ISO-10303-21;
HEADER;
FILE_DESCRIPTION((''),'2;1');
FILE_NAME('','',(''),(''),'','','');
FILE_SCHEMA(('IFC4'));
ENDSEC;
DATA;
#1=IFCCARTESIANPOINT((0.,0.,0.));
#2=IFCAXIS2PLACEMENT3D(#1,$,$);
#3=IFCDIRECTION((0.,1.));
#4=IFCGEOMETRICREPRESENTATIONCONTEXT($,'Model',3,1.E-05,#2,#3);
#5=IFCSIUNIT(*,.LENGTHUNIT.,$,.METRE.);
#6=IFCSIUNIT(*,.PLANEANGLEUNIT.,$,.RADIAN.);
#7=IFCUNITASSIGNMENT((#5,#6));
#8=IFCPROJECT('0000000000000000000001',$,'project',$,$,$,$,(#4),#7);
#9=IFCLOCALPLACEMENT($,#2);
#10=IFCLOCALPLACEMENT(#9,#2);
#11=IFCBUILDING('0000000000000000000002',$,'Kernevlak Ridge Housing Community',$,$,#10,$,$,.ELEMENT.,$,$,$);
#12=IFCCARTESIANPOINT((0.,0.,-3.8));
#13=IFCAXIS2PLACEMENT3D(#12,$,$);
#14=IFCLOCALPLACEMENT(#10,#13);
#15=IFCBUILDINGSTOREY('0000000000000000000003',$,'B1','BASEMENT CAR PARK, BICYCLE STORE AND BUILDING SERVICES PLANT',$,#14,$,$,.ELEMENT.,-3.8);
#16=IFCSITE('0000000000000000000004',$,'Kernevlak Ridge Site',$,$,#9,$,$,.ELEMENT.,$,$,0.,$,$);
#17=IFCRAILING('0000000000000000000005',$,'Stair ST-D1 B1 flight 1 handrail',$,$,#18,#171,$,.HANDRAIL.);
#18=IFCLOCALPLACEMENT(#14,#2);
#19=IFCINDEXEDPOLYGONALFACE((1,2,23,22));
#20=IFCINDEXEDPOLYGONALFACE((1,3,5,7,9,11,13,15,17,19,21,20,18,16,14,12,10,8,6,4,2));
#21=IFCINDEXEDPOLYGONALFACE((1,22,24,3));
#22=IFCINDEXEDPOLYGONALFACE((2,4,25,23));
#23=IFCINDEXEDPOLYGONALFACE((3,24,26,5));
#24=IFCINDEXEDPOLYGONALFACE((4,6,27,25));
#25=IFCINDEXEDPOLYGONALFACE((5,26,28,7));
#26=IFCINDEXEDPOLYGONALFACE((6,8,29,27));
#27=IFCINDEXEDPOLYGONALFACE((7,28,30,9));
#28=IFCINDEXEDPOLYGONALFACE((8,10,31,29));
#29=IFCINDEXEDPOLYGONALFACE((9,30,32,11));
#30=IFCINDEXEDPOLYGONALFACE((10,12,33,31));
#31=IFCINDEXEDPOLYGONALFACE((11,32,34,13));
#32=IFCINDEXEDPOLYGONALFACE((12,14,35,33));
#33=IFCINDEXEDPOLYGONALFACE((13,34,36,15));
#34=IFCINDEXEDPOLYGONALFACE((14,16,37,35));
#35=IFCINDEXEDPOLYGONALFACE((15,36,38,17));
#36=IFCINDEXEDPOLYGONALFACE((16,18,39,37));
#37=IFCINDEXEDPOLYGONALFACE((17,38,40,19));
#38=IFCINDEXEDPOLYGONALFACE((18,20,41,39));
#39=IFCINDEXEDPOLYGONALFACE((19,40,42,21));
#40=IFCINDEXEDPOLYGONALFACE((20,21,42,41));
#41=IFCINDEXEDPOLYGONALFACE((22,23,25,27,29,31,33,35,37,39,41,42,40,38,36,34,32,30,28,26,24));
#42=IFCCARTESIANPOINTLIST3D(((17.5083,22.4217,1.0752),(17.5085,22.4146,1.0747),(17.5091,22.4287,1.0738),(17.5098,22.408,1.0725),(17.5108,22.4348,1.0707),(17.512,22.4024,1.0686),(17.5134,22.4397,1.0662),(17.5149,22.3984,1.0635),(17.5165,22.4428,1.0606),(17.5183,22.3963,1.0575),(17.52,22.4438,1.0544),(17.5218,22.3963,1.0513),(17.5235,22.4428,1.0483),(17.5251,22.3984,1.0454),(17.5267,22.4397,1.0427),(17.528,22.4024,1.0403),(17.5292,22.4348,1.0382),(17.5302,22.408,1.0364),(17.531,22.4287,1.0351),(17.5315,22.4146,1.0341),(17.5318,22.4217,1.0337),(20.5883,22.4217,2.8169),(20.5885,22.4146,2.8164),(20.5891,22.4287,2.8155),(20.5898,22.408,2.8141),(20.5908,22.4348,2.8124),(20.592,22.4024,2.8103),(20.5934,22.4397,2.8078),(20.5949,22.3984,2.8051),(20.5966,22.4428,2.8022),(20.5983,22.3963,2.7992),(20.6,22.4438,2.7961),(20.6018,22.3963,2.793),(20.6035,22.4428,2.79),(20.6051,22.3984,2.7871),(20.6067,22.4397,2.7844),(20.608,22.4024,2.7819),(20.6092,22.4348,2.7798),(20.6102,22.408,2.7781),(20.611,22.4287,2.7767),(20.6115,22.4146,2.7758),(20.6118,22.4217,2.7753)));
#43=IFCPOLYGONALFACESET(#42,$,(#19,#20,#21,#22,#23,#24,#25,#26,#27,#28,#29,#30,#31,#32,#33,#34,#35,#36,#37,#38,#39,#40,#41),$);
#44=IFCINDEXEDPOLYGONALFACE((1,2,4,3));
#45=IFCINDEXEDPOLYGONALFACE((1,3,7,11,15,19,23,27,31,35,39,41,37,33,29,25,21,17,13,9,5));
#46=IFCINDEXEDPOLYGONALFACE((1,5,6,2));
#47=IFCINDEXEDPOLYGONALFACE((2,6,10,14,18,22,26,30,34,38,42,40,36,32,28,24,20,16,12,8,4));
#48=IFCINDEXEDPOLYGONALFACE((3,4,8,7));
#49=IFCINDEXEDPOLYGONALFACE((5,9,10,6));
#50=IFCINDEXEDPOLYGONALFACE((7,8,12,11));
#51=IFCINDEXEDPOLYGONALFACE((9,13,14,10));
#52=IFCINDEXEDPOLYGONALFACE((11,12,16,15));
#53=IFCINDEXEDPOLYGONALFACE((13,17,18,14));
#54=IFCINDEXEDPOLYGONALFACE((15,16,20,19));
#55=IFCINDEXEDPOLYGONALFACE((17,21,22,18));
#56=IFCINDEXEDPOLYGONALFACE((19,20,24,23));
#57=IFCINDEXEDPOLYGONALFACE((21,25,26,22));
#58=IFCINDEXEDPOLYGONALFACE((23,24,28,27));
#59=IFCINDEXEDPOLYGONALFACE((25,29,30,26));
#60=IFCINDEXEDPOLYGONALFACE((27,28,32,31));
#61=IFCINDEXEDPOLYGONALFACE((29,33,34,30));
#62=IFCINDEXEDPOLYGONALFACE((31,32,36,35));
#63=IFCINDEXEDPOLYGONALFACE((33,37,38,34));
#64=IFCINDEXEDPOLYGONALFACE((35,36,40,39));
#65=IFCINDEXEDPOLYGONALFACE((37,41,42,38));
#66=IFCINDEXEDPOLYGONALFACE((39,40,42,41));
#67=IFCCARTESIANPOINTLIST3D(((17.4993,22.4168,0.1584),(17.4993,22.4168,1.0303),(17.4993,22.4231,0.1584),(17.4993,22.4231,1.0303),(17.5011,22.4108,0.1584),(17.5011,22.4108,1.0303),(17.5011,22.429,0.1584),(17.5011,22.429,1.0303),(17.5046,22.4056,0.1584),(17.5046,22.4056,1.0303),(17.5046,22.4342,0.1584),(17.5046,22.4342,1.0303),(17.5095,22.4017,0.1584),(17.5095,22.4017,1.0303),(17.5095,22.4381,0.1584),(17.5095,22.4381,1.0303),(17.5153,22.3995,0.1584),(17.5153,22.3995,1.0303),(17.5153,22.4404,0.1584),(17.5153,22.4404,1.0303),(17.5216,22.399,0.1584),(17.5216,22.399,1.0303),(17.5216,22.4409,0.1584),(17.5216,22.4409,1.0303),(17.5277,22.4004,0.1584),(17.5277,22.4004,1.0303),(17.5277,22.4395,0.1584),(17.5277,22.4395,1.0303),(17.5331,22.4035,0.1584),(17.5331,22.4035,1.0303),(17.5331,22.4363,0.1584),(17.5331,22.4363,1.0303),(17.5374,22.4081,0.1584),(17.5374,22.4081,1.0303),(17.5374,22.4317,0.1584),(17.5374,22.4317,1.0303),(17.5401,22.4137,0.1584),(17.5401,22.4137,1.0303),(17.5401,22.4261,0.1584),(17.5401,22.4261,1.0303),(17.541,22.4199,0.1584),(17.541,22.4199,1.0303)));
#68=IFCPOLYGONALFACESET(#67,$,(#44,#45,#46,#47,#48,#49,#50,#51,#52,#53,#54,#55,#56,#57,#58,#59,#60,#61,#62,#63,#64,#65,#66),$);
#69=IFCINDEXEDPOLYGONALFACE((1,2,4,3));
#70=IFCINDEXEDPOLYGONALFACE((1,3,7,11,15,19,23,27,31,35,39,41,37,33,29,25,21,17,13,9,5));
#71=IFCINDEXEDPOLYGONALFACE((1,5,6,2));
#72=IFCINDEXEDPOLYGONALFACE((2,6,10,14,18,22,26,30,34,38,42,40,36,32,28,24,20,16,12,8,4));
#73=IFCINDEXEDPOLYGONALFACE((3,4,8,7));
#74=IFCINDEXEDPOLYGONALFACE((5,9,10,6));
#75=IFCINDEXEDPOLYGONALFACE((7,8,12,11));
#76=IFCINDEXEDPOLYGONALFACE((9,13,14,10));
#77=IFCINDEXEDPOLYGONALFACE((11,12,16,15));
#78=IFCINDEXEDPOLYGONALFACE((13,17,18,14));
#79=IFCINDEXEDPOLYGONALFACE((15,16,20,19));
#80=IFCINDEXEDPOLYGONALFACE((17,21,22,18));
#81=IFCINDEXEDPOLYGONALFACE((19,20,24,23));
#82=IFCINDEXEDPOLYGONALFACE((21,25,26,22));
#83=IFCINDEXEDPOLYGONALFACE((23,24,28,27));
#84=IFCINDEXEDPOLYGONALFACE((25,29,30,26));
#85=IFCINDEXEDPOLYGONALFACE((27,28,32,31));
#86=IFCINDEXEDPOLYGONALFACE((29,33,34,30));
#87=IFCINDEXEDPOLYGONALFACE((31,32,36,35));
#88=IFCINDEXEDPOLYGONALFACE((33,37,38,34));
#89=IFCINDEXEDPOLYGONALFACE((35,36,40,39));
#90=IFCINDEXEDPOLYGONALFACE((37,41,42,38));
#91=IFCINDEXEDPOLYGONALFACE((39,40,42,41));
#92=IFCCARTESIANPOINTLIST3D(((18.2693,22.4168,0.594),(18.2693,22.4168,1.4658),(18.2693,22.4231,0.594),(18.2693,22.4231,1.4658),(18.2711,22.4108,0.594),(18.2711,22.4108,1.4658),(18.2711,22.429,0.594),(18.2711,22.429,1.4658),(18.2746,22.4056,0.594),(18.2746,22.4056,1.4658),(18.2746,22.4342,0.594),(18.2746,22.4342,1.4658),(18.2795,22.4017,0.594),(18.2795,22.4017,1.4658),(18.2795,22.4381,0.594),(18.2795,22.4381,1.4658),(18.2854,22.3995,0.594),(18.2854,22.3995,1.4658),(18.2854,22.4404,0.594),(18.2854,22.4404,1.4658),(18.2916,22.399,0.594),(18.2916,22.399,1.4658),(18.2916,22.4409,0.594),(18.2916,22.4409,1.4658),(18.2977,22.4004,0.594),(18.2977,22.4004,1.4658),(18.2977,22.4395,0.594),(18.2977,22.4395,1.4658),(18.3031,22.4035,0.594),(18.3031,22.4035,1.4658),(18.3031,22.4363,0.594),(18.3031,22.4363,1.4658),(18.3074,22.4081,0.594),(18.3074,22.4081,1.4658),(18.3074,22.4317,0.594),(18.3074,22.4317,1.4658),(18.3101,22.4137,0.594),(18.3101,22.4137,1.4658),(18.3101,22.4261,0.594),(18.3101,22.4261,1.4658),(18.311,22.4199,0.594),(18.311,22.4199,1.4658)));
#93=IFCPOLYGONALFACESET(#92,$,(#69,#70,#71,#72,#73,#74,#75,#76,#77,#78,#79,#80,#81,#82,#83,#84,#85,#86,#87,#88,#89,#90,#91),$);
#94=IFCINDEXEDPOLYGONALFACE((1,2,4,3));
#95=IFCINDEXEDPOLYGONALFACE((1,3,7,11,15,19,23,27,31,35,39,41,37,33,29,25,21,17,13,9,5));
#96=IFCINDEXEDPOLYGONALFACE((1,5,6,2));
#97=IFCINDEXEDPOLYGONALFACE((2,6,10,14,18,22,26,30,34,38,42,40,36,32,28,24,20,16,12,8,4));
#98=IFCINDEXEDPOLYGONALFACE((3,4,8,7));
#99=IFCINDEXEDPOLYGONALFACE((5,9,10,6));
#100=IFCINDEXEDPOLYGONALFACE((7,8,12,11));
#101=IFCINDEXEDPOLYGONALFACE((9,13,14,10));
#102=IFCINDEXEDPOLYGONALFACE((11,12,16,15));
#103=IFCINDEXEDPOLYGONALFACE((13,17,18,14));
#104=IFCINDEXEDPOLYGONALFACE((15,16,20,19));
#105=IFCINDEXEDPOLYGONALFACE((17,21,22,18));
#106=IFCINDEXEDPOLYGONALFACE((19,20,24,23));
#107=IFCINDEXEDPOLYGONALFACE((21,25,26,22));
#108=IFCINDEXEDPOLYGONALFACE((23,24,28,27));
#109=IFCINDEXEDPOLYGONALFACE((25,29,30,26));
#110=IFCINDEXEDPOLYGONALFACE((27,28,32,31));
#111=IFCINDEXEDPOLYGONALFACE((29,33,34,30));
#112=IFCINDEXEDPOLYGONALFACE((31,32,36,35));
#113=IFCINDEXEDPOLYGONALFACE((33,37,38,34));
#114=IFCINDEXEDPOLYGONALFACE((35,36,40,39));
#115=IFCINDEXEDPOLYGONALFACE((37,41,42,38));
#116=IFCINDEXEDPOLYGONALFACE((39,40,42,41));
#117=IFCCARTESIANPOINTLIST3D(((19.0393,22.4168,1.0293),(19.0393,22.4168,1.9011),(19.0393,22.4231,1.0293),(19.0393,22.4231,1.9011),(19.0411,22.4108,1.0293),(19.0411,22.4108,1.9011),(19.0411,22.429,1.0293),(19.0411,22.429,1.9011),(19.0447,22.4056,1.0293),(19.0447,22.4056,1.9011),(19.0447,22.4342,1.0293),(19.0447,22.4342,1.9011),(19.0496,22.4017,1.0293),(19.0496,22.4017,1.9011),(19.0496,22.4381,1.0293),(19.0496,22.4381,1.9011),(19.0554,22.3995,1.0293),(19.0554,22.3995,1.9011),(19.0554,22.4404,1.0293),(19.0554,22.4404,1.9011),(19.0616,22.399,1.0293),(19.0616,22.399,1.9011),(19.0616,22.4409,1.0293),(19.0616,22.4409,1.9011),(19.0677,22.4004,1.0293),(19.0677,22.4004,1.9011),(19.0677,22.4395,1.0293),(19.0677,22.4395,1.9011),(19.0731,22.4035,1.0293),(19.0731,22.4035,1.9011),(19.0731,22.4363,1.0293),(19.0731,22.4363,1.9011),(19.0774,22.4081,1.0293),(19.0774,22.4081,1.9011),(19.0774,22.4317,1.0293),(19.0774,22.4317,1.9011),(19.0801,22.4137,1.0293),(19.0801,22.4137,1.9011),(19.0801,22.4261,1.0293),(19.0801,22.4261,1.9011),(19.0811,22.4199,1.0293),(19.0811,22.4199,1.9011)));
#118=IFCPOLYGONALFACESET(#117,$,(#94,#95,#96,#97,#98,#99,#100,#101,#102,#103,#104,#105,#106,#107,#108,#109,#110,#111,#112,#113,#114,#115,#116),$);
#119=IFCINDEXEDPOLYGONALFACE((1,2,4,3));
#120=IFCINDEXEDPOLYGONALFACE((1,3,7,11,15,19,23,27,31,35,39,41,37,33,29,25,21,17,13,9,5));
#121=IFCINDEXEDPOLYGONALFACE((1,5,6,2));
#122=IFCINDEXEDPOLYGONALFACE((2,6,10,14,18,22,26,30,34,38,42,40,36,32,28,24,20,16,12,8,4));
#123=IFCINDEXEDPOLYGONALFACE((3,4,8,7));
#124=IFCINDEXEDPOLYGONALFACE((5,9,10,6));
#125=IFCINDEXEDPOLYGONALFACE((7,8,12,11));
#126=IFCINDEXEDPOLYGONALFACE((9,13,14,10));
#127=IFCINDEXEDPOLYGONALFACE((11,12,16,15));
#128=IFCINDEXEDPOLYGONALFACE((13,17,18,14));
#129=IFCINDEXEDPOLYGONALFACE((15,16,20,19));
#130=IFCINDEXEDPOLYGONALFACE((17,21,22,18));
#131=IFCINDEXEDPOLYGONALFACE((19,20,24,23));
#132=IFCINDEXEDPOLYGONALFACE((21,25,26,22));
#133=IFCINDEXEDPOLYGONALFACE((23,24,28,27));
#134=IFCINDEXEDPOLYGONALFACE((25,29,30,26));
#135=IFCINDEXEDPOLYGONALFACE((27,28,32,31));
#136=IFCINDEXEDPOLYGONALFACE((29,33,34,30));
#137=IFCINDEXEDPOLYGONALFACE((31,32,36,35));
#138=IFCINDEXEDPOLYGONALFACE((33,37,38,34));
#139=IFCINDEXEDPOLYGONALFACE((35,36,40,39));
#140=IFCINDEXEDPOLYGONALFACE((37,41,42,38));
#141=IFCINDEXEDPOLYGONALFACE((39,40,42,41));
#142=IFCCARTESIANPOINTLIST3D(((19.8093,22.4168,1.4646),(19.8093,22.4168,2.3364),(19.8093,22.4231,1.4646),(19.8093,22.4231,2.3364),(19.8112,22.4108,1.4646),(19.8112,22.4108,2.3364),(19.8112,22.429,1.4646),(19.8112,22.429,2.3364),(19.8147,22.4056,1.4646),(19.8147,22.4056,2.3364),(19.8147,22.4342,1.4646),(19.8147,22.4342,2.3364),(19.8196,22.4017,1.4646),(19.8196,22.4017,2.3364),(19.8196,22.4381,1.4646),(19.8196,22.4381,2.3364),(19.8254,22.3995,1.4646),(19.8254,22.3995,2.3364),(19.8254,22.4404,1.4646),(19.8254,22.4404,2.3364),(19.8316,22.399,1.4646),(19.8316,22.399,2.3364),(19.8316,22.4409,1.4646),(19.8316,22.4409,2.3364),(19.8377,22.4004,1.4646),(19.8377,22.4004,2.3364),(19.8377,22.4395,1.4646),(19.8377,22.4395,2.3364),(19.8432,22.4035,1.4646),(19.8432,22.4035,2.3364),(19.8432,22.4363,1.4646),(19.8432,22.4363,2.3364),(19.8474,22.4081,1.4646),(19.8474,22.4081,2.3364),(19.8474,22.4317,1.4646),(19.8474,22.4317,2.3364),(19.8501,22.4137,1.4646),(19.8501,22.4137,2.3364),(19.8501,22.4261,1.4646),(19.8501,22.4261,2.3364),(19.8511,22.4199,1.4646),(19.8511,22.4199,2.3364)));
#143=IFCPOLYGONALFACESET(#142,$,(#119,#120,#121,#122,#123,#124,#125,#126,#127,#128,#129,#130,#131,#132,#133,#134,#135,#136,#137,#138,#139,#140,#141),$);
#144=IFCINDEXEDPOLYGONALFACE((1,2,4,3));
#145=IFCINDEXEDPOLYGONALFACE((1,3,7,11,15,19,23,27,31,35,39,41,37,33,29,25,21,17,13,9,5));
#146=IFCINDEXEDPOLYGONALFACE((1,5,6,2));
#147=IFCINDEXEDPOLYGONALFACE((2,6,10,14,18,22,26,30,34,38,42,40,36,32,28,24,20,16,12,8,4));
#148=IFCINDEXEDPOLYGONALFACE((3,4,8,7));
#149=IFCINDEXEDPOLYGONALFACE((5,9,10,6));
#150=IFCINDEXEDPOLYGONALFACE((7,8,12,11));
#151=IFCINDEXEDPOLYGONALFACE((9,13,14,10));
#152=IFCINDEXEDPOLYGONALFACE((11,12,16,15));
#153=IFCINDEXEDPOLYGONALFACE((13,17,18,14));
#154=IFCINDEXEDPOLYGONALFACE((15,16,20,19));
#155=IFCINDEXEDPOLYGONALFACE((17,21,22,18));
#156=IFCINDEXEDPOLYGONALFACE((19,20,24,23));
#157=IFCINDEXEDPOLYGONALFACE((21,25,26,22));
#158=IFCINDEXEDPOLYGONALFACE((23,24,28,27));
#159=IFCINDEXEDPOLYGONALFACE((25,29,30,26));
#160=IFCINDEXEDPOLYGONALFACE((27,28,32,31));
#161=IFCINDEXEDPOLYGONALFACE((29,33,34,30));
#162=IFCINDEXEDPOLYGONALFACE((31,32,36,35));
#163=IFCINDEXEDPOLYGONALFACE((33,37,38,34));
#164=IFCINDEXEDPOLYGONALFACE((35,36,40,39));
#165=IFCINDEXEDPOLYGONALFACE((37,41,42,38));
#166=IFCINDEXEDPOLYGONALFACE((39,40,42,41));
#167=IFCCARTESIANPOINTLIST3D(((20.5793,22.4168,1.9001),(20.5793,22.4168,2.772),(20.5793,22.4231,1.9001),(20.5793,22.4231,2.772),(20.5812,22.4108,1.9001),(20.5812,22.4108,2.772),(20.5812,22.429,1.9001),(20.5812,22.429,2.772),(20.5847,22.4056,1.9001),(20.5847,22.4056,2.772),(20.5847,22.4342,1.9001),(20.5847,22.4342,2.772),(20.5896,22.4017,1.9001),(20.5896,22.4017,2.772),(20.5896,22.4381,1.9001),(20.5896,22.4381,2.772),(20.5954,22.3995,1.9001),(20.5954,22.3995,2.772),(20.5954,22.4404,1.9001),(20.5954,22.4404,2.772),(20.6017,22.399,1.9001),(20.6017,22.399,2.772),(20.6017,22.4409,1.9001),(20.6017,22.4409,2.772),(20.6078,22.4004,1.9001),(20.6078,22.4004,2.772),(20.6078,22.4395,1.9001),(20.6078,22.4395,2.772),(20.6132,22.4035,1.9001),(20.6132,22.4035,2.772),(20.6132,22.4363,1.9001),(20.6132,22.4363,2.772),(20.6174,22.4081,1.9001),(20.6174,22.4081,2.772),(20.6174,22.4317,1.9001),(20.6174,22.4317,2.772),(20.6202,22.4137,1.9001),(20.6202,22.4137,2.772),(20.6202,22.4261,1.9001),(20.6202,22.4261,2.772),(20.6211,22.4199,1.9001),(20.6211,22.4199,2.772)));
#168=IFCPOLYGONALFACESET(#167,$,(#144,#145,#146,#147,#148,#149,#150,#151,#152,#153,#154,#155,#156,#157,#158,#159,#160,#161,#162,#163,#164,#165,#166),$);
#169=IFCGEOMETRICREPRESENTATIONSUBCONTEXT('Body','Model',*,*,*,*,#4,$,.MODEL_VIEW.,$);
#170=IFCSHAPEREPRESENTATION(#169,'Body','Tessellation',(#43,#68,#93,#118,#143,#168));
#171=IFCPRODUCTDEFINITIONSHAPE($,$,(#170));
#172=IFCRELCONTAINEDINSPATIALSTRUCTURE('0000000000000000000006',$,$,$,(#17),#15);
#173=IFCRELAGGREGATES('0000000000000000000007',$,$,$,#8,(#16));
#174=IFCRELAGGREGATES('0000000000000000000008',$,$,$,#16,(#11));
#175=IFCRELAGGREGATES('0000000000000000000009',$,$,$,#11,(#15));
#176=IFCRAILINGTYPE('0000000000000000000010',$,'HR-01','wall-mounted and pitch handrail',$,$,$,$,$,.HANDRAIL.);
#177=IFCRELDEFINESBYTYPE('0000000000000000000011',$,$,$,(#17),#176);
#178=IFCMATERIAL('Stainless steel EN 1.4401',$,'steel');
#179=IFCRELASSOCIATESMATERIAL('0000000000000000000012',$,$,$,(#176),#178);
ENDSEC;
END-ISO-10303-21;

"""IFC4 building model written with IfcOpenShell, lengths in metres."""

from ifc_helpers import new_model, si_unit, direction, frame, origin, origin_2d, place, context, subcontext, project, spatial, circle, extrude, material, type_object, element, save


model = new_model("IFC4")

# Units and contexts
model_context = context("Model", 3, precision=1e-05, world=origin(), true_north=direction((0.0, 1.0)))
body_context = subcontext(model_context, "Body", "Model", "MODEL_VIEW")
ifc_project = project(units=[si_unit("LENGTHUNIT", "METRE"), si_unit("PLANEANGLEUNIT", "RADIAN")], contexts=[model_context])

# Site, building, storey
site_placement = place(None, origin())
site = spatial("IfcSite", under=ifc_project, at=site_placement, Name="Kernevlak Ridge Site", CompositionType="ELEMENT", RefElevation=0.0)
building_placement = place(site_placement, origin())
building = spatial("IfcBuilding", under=site, at=building_placement, Name="Kernevlak Ridge Housing Community", CompositionType="ELEMENT")
storey_placement = place(building_placement, frame((0.0, 0.0, -3.8)))
storey = spatial("IfcBuildingStorey", under=building, at=storey_placement, Name="B1", Description="BASEMENT CAR PARK, BICYCLE STORE AND BUILDING SERVICES PLANT", CompositionType="ELEMENT", Elevation=-3.8)

# Railing
ifc_material_1 = material(Name="Stainless steel EN 1.4401", Category="steel")
railing_type_1 = type_object("IfcRailingType", Name="HR-01", Description="wall-mounted and pitch handrail", PredefinedType="HANDRAIL", material=ifc_material_1)
railing_1_placement = place(storey_placement, frame((17.52, 22.4199, 0.1584)))
element("IfcRailing", 1, at=railing_1_placement, inside=storey, type_object=railing_type_1, Name="Stair ST-D1 B1 flight 1 handrail", PredefinedType="HANDRAIL", context=body_context, shape_type="SweptSolid", body=[
    extrude(circle(Radius=0.0239, at=origin_2d()), frame((0.0, 0.0, 0.896), z_axis=(0.870468, 0.0, 0.492225), x_axis=(0.0, 1.0, 0.0)), (0.0, 0.0, 1.0), 3.5383),
    extrude(circle(Radius=0.021, at=origin_2d()), origin(), (0.0, 0.0, 1.0), 0.8718),
    extrude(circle(Radius=0.021, at=origin_2d()), frame((0.77, 0.0, 0.4355)), (0.0, 0.0, 1.0), 0.8718),
    extrude(circle(Radius=0.021, at=origin_2d()), frame((1.54, 0.0, 0.8708)), (0.0, 0.0, 1.0), 0.8718),
    extrude(circle(Radius=0.021, at=origin_2d()), frame((2.3101, 0.0, 1.3062)), (0.0, 0.0, 1.0), 0.8718),
    extrude(circle(Radius=0.021, at=origin_2d()), frame((3.0801, 0.0, 1.7417)), (0.0, 0.0, 1.0), 0.8718),
])

save(model, "model.ifc")
